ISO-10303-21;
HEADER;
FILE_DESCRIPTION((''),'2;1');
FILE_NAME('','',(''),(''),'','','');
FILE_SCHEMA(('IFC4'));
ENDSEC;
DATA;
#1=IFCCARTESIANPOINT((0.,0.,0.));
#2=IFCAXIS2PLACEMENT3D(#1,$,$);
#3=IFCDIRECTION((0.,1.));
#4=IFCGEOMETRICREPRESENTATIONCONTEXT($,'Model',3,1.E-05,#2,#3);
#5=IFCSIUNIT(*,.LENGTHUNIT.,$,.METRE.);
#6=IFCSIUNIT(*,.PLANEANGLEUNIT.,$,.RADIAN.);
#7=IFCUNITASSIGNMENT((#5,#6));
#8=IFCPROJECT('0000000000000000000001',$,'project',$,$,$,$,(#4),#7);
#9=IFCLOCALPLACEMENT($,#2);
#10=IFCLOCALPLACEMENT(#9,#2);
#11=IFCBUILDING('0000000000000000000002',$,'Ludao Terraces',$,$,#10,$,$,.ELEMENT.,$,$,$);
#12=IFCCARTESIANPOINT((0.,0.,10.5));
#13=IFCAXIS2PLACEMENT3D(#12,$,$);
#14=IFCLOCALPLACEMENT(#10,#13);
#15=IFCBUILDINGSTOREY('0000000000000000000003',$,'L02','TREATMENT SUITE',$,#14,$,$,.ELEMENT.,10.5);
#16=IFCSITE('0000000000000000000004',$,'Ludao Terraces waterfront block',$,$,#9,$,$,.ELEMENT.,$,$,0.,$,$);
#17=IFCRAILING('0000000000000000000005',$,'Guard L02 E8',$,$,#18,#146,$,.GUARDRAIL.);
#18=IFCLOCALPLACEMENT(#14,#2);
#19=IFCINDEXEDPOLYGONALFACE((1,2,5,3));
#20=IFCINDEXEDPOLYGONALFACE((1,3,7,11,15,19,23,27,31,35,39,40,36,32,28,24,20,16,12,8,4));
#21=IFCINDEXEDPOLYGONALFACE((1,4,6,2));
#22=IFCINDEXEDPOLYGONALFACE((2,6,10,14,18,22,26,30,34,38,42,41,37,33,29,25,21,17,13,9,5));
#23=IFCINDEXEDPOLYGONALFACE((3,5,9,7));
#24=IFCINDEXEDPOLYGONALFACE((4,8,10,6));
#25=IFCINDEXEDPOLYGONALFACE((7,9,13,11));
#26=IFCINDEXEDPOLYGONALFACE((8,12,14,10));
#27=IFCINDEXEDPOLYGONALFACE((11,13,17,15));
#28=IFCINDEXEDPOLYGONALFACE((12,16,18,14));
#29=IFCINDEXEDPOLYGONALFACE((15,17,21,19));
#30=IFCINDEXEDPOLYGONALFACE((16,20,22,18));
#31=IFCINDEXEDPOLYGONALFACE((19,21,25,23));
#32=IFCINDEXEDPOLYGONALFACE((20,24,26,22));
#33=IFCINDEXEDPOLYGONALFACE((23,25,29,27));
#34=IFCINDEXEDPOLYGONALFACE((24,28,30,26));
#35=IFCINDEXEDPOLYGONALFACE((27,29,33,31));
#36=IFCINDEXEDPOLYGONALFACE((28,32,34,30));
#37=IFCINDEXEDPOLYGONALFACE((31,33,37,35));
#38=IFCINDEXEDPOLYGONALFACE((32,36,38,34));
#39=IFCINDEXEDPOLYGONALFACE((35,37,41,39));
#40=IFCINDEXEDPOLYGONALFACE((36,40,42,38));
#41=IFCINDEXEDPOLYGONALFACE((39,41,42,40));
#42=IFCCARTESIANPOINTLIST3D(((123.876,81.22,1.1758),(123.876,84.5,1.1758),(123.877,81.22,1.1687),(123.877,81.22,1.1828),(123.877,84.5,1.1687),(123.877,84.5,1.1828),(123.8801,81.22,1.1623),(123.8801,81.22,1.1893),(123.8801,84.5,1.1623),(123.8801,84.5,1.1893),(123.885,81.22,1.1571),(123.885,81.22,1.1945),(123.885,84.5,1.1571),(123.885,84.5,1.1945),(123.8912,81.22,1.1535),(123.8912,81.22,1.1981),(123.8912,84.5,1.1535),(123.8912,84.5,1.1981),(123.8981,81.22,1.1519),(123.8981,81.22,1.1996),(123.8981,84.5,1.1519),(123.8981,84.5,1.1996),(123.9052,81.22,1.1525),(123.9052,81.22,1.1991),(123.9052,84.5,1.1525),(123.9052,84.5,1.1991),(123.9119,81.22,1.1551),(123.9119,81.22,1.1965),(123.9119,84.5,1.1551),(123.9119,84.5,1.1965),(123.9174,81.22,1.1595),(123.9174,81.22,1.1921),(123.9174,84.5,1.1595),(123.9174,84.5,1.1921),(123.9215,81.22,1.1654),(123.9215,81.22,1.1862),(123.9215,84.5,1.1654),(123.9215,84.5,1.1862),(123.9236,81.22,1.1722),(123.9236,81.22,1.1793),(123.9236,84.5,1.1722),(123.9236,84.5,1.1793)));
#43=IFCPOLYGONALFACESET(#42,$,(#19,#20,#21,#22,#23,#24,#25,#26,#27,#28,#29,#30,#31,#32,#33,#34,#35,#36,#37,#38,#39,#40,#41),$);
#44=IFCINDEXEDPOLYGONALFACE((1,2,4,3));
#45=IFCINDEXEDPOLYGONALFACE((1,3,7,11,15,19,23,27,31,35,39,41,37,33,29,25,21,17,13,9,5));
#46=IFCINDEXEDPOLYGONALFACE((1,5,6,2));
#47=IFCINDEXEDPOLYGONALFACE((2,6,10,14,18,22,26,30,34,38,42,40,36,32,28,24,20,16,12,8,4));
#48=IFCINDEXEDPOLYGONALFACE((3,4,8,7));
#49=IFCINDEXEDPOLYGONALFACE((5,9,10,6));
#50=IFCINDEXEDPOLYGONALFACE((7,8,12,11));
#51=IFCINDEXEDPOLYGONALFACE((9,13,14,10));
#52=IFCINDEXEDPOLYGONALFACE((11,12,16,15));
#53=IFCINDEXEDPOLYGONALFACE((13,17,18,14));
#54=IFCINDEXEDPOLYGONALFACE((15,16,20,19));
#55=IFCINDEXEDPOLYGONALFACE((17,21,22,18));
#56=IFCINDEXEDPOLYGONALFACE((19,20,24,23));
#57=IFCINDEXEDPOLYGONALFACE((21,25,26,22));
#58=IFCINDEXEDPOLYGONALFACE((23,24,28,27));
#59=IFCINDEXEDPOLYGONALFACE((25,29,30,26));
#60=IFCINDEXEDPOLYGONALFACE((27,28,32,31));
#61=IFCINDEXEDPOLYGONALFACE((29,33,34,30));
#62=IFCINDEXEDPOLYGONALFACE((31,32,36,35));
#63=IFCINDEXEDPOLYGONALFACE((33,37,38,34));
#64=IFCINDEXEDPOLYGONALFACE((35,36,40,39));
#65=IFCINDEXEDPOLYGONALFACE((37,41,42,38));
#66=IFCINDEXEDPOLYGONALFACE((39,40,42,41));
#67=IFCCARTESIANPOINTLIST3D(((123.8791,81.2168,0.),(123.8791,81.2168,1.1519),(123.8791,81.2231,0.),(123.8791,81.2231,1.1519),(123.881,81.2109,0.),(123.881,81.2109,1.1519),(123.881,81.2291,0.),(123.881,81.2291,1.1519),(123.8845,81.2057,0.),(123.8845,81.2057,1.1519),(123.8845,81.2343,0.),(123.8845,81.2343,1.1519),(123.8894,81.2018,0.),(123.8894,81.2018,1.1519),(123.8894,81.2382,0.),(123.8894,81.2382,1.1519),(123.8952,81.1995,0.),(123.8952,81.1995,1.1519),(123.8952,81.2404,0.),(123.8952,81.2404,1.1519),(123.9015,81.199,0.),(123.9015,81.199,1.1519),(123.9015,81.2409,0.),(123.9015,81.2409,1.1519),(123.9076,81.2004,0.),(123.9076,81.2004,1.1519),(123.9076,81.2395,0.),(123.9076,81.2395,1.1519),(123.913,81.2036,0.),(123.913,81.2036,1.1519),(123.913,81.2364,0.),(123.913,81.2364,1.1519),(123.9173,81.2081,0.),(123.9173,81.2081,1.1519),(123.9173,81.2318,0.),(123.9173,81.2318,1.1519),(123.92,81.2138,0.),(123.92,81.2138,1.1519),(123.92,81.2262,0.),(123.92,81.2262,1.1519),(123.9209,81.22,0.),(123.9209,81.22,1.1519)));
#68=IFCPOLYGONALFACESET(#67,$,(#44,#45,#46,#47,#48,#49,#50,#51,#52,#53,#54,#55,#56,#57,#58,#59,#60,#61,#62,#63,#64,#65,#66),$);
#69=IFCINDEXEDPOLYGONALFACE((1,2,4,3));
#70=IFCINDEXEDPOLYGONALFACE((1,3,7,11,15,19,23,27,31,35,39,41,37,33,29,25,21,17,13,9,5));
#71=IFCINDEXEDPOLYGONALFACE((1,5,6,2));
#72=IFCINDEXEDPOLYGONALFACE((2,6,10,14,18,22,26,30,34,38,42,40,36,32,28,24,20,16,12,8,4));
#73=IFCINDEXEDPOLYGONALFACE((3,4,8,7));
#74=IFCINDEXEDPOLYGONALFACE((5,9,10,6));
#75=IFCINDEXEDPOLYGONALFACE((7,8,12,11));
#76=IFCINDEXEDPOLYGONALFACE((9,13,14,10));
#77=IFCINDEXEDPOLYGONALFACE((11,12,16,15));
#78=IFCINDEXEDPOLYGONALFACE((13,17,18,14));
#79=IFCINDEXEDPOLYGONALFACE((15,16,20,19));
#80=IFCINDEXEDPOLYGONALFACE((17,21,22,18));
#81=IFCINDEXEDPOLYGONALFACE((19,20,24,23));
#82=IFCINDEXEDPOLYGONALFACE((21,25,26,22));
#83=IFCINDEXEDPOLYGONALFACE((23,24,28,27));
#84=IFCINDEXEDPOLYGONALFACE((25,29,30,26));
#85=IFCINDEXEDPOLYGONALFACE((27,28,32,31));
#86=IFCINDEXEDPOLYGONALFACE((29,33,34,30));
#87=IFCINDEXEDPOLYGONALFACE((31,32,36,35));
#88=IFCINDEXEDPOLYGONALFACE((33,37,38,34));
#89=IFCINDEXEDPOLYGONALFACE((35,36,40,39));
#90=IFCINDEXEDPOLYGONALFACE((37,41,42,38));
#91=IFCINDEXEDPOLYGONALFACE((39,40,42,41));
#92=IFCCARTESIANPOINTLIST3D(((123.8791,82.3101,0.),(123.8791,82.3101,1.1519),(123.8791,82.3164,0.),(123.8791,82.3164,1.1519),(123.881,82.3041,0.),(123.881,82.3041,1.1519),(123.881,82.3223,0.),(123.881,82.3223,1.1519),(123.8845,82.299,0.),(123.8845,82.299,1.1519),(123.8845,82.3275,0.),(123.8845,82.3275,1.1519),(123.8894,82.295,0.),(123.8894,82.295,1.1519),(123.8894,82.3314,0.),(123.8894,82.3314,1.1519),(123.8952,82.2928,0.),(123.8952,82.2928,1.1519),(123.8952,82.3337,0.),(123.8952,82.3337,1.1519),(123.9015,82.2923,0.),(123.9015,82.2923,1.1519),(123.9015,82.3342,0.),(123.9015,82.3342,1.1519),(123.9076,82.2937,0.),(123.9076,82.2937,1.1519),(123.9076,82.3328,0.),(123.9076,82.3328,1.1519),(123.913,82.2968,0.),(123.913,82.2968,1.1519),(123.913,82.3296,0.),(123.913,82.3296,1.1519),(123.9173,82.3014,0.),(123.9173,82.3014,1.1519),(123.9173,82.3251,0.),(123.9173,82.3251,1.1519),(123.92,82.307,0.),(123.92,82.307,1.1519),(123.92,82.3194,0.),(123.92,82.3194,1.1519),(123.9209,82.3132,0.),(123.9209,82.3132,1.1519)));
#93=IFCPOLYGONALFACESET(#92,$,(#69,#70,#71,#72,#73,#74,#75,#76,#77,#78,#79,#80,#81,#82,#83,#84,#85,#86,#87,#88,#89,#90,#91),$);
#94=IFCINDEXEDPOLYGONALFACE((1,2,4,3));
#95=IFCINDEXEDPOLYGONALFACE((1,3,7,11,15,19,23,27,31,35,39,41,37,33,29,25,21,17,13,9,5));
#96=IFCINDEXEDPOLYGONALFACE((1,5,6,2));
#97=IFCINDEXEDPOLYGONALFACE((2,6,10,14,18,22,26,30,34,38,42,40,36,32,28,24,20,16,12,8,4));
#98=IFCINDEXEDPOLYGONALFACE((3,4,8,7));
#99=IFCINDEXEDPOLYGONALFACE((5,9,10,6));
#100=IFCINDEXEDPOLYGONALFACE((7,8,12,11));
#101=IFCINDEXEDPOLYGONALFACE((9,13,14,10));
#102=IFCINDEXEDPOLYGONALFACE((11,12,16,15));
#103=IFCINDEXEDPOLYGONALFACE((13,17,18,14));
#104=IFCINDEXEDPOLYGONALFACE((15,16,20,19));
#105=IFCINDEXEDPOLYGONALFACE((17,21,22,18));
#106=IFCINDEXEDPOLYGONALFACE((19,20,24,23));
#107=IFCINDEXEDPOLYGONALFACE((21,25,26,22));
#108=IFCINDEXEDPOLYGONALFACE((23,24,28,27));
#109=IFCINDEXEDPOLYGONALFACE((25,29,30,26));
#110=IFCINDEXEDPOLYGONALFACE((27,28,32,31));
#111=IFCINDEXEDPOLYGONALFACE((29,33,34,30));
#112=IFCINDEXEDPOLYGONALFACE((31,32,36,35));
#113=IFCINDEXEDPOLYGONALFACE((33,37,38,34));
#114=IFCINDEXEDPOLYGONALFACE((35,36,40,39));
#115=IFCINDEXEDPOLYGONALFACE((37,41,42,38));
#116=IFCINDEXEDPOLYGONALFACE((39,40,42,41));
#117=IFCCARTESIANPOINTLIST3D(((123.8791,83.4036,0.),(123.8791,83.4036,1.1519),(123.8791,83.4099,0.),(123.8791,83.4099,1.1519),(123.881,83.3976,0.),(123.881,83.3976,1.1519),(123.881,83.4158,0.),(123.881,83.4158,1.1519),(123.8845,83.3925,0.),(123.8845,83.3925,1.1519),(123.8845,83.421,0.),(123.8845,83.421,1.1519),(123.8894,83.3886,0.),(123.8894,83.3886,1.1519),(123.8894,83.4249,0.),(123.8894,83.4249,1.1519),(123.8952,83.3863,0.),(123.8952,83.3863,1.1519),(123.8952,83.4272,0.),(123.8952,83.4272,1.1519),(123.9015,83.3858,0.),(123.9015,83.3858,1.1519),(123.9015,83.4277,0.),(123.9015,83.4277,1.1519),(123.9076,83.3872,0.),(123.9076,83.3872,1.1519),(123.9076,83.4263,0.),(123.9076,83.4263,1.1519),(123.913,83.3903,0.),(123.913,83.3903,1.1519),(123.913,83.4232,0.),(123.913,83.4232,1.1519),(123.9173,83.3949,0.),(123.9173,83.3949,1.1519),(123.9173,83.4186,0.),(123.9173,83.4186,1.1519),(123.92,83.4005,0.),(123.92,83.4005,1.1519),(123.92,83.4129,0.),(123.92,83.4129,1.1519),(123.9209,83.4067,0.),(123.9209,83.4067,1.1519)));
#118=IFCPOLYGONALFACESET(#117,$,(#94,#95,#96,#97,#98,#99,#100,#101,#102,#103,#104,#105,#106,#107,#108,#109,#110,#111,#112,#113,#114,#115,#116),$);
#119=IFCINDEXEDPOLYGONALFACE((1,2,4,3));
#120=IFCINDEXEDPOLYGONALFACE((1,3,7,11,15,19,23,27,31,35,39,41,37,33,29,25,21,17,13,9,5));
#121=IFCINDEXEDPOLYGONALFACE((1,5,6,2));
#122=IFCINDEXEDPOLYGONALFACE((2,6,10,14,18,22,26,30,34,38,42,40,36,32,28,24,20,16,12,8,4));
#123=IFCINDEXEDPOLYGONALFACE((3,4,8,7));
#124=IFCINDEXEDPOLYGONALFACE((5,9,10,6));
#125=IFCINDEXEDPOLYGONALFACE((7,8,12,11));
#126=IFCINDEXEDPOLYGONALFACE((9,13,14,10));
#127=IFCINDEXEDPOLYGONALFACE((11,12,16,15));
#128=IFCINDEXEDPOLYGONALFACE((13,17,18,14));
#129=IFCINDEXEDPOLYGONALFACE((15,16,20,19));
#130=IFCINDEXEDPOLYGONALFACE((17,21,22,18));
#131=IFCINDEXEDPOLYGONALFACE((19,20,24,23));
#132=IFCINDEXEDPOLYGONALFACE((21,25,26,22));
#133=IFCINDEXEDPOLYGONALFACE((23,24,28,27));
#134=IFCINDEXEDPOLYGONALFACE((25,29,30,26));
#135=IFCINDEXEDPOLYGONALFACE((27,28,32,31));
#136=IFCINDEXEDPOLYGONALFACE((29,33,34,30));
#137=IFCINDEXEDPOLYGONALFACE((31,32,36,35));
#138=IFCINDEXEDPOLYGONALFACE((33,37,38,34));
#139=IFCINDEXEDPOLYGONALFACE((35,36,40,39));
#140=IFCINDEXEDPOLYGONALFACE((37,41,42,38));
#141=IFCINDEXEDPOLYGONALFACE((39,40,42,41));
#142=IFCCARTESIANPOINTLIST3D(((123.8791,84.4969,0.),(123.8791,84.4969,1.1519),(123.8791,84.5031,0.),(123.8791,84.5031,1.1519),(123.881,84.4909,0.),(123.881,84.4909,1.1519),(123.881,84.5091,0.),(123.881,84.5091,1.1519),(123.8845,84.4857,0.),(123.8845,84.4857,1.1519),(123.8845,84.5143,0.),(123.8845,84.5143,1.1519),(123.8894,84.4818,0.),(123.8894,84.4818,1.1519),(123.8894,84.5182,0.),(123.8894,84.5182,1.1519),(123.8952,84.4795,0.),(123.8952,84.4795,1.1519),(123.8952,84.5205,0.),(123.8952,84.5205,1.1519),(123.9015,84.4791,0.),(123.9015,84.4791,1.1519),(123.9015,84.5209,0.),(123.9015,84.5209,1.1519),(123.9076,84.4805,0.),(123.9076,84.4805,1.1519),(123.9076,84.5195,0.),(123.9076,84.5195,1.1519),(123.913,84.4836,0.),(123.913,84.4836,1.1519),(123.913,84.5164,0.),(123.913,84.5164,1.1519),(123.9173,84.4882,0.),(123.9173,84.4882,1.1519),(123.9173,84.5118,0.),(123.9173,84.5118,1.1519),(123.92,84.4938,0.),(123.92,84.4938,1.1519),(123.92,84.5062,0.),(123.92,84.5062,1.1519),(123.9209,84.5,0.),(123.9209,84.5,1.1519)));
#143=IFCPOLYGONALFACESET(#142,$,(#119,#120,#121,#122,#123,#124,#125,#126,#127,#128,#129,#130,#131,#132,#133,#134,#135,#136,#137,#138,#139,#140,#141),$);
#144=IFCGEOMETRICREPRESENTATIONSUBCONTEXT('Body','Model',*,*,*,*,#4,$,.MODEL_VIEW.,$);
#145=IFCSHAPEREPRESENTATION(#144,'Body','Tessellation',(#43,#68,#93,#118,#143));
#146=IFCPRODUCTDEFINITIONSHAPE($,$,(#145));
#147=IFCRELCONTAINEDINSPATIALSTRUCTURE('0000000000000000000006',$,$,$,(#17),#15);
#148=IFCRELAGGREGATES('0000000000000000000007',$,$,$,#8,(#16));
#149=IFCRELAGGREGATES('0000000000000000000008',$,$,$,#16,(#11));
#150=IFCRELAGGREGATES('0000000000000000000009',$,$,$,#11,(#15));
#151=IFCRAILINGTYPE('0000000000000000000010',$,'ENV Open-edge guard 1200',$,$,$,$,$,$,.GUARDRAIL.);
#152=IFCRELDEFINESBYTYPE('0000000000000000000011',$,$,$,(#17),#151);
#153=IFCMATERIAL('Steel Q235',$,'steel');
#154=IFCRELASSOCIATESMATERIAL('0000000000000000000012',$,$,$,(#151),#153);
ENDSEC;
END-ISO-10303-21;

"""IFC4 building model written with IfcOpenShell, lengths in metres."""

from ifc_helpers import new_model, si_unit, direction, frame, origin, origin_2d, place, context, subcontext, project, spatial, circle, extrude, material, type_object, element, save


model = new_model("IFC4")

# Units and contexts
model_context = context("Model", 3, precision=1e-05, world=origin(), true_north=direction((0.0, 1.0)))
body_context = subcontext(model_context, "Body", "Model", "MODEL_VIEW")
ifc_project = project(units=[si_unit("LENGTHUNIT", "METRE"), si_unit("PLANEANGLEUNIT", "RADIAN")], contexts=[model_context])

# Site, building, storey
site_placement = place(None, origin())
site = spatial("IfcSite", under=ifc_project, at=site_placement, Name="Ludao Terraces waterfront block", CompositionType="ELEMENT", RefElevation=0.0)
building_placement = place(site_placement, origin())
building = spatial("IfcBuilding", under=site, at=building_placement, Name="Ludao Terraces", CompositionType="ELEMENT")
storey_placement = place(building_placement, frame((0.0, 0.0, 10.5)))
storey = spatial("IfcBuildingStorey", under=building, at=storey_placement, Name="L02", Description="TREATMENT SUITE", CompositionType="ELEMENT", Elevation=10.5)

# Railing
ifc_material_1 = material(Name="Steel Q235", Category="steel")
railing_type = type_object("IfcRailingType", Name="ENV Open-edge guard 1200", PredefinedType="GUARDRAIL", material=ifc_material_1)
railing_placement = place(storey_placement, frame((123.8999, 81.22, 0.0)))
element("IfcRailing", 1, at=railing_placement, inside=storey, type_object=railing_type, Name="Guard L02 E8", PredefinedType="GUARDRAIL", context=body_context, shape_type="SweptSolid", body=[
    extrude(circle(Radius=0.0239, at=origin_2d()), frame((0.0, 0.0, 1.1758), z_axis=(0.0, 1.0, 0.0), x_axis=(-1.0, 0.0, 0.0)), (0.0, 0.0, 1.0), 3.28),
    extrude(circle(Radius=0.021, at=origin_2d()), origin(), (0.0, 0.0, 1.0), 1.1519),
    extrude(circle(Radius=0.021, at=origin_2d()), frame((0.0, 1.0933, 0.0)), (0.0, 0.0, 1.0), 1.1519),
    extrude(circle(Radius=0.021, at=origin_2d()), frame((0.0, 2.1868, 0.0)), (0.0, 0.0, 1.0), 1.1519),
    extrude(circle(Radius=0.021, at=origin_2d()), frame((0.0, 3.28, 0.0)), (0.0, 0.0, 1.0), 1.1519),
])

save(model, "model.ifc")
